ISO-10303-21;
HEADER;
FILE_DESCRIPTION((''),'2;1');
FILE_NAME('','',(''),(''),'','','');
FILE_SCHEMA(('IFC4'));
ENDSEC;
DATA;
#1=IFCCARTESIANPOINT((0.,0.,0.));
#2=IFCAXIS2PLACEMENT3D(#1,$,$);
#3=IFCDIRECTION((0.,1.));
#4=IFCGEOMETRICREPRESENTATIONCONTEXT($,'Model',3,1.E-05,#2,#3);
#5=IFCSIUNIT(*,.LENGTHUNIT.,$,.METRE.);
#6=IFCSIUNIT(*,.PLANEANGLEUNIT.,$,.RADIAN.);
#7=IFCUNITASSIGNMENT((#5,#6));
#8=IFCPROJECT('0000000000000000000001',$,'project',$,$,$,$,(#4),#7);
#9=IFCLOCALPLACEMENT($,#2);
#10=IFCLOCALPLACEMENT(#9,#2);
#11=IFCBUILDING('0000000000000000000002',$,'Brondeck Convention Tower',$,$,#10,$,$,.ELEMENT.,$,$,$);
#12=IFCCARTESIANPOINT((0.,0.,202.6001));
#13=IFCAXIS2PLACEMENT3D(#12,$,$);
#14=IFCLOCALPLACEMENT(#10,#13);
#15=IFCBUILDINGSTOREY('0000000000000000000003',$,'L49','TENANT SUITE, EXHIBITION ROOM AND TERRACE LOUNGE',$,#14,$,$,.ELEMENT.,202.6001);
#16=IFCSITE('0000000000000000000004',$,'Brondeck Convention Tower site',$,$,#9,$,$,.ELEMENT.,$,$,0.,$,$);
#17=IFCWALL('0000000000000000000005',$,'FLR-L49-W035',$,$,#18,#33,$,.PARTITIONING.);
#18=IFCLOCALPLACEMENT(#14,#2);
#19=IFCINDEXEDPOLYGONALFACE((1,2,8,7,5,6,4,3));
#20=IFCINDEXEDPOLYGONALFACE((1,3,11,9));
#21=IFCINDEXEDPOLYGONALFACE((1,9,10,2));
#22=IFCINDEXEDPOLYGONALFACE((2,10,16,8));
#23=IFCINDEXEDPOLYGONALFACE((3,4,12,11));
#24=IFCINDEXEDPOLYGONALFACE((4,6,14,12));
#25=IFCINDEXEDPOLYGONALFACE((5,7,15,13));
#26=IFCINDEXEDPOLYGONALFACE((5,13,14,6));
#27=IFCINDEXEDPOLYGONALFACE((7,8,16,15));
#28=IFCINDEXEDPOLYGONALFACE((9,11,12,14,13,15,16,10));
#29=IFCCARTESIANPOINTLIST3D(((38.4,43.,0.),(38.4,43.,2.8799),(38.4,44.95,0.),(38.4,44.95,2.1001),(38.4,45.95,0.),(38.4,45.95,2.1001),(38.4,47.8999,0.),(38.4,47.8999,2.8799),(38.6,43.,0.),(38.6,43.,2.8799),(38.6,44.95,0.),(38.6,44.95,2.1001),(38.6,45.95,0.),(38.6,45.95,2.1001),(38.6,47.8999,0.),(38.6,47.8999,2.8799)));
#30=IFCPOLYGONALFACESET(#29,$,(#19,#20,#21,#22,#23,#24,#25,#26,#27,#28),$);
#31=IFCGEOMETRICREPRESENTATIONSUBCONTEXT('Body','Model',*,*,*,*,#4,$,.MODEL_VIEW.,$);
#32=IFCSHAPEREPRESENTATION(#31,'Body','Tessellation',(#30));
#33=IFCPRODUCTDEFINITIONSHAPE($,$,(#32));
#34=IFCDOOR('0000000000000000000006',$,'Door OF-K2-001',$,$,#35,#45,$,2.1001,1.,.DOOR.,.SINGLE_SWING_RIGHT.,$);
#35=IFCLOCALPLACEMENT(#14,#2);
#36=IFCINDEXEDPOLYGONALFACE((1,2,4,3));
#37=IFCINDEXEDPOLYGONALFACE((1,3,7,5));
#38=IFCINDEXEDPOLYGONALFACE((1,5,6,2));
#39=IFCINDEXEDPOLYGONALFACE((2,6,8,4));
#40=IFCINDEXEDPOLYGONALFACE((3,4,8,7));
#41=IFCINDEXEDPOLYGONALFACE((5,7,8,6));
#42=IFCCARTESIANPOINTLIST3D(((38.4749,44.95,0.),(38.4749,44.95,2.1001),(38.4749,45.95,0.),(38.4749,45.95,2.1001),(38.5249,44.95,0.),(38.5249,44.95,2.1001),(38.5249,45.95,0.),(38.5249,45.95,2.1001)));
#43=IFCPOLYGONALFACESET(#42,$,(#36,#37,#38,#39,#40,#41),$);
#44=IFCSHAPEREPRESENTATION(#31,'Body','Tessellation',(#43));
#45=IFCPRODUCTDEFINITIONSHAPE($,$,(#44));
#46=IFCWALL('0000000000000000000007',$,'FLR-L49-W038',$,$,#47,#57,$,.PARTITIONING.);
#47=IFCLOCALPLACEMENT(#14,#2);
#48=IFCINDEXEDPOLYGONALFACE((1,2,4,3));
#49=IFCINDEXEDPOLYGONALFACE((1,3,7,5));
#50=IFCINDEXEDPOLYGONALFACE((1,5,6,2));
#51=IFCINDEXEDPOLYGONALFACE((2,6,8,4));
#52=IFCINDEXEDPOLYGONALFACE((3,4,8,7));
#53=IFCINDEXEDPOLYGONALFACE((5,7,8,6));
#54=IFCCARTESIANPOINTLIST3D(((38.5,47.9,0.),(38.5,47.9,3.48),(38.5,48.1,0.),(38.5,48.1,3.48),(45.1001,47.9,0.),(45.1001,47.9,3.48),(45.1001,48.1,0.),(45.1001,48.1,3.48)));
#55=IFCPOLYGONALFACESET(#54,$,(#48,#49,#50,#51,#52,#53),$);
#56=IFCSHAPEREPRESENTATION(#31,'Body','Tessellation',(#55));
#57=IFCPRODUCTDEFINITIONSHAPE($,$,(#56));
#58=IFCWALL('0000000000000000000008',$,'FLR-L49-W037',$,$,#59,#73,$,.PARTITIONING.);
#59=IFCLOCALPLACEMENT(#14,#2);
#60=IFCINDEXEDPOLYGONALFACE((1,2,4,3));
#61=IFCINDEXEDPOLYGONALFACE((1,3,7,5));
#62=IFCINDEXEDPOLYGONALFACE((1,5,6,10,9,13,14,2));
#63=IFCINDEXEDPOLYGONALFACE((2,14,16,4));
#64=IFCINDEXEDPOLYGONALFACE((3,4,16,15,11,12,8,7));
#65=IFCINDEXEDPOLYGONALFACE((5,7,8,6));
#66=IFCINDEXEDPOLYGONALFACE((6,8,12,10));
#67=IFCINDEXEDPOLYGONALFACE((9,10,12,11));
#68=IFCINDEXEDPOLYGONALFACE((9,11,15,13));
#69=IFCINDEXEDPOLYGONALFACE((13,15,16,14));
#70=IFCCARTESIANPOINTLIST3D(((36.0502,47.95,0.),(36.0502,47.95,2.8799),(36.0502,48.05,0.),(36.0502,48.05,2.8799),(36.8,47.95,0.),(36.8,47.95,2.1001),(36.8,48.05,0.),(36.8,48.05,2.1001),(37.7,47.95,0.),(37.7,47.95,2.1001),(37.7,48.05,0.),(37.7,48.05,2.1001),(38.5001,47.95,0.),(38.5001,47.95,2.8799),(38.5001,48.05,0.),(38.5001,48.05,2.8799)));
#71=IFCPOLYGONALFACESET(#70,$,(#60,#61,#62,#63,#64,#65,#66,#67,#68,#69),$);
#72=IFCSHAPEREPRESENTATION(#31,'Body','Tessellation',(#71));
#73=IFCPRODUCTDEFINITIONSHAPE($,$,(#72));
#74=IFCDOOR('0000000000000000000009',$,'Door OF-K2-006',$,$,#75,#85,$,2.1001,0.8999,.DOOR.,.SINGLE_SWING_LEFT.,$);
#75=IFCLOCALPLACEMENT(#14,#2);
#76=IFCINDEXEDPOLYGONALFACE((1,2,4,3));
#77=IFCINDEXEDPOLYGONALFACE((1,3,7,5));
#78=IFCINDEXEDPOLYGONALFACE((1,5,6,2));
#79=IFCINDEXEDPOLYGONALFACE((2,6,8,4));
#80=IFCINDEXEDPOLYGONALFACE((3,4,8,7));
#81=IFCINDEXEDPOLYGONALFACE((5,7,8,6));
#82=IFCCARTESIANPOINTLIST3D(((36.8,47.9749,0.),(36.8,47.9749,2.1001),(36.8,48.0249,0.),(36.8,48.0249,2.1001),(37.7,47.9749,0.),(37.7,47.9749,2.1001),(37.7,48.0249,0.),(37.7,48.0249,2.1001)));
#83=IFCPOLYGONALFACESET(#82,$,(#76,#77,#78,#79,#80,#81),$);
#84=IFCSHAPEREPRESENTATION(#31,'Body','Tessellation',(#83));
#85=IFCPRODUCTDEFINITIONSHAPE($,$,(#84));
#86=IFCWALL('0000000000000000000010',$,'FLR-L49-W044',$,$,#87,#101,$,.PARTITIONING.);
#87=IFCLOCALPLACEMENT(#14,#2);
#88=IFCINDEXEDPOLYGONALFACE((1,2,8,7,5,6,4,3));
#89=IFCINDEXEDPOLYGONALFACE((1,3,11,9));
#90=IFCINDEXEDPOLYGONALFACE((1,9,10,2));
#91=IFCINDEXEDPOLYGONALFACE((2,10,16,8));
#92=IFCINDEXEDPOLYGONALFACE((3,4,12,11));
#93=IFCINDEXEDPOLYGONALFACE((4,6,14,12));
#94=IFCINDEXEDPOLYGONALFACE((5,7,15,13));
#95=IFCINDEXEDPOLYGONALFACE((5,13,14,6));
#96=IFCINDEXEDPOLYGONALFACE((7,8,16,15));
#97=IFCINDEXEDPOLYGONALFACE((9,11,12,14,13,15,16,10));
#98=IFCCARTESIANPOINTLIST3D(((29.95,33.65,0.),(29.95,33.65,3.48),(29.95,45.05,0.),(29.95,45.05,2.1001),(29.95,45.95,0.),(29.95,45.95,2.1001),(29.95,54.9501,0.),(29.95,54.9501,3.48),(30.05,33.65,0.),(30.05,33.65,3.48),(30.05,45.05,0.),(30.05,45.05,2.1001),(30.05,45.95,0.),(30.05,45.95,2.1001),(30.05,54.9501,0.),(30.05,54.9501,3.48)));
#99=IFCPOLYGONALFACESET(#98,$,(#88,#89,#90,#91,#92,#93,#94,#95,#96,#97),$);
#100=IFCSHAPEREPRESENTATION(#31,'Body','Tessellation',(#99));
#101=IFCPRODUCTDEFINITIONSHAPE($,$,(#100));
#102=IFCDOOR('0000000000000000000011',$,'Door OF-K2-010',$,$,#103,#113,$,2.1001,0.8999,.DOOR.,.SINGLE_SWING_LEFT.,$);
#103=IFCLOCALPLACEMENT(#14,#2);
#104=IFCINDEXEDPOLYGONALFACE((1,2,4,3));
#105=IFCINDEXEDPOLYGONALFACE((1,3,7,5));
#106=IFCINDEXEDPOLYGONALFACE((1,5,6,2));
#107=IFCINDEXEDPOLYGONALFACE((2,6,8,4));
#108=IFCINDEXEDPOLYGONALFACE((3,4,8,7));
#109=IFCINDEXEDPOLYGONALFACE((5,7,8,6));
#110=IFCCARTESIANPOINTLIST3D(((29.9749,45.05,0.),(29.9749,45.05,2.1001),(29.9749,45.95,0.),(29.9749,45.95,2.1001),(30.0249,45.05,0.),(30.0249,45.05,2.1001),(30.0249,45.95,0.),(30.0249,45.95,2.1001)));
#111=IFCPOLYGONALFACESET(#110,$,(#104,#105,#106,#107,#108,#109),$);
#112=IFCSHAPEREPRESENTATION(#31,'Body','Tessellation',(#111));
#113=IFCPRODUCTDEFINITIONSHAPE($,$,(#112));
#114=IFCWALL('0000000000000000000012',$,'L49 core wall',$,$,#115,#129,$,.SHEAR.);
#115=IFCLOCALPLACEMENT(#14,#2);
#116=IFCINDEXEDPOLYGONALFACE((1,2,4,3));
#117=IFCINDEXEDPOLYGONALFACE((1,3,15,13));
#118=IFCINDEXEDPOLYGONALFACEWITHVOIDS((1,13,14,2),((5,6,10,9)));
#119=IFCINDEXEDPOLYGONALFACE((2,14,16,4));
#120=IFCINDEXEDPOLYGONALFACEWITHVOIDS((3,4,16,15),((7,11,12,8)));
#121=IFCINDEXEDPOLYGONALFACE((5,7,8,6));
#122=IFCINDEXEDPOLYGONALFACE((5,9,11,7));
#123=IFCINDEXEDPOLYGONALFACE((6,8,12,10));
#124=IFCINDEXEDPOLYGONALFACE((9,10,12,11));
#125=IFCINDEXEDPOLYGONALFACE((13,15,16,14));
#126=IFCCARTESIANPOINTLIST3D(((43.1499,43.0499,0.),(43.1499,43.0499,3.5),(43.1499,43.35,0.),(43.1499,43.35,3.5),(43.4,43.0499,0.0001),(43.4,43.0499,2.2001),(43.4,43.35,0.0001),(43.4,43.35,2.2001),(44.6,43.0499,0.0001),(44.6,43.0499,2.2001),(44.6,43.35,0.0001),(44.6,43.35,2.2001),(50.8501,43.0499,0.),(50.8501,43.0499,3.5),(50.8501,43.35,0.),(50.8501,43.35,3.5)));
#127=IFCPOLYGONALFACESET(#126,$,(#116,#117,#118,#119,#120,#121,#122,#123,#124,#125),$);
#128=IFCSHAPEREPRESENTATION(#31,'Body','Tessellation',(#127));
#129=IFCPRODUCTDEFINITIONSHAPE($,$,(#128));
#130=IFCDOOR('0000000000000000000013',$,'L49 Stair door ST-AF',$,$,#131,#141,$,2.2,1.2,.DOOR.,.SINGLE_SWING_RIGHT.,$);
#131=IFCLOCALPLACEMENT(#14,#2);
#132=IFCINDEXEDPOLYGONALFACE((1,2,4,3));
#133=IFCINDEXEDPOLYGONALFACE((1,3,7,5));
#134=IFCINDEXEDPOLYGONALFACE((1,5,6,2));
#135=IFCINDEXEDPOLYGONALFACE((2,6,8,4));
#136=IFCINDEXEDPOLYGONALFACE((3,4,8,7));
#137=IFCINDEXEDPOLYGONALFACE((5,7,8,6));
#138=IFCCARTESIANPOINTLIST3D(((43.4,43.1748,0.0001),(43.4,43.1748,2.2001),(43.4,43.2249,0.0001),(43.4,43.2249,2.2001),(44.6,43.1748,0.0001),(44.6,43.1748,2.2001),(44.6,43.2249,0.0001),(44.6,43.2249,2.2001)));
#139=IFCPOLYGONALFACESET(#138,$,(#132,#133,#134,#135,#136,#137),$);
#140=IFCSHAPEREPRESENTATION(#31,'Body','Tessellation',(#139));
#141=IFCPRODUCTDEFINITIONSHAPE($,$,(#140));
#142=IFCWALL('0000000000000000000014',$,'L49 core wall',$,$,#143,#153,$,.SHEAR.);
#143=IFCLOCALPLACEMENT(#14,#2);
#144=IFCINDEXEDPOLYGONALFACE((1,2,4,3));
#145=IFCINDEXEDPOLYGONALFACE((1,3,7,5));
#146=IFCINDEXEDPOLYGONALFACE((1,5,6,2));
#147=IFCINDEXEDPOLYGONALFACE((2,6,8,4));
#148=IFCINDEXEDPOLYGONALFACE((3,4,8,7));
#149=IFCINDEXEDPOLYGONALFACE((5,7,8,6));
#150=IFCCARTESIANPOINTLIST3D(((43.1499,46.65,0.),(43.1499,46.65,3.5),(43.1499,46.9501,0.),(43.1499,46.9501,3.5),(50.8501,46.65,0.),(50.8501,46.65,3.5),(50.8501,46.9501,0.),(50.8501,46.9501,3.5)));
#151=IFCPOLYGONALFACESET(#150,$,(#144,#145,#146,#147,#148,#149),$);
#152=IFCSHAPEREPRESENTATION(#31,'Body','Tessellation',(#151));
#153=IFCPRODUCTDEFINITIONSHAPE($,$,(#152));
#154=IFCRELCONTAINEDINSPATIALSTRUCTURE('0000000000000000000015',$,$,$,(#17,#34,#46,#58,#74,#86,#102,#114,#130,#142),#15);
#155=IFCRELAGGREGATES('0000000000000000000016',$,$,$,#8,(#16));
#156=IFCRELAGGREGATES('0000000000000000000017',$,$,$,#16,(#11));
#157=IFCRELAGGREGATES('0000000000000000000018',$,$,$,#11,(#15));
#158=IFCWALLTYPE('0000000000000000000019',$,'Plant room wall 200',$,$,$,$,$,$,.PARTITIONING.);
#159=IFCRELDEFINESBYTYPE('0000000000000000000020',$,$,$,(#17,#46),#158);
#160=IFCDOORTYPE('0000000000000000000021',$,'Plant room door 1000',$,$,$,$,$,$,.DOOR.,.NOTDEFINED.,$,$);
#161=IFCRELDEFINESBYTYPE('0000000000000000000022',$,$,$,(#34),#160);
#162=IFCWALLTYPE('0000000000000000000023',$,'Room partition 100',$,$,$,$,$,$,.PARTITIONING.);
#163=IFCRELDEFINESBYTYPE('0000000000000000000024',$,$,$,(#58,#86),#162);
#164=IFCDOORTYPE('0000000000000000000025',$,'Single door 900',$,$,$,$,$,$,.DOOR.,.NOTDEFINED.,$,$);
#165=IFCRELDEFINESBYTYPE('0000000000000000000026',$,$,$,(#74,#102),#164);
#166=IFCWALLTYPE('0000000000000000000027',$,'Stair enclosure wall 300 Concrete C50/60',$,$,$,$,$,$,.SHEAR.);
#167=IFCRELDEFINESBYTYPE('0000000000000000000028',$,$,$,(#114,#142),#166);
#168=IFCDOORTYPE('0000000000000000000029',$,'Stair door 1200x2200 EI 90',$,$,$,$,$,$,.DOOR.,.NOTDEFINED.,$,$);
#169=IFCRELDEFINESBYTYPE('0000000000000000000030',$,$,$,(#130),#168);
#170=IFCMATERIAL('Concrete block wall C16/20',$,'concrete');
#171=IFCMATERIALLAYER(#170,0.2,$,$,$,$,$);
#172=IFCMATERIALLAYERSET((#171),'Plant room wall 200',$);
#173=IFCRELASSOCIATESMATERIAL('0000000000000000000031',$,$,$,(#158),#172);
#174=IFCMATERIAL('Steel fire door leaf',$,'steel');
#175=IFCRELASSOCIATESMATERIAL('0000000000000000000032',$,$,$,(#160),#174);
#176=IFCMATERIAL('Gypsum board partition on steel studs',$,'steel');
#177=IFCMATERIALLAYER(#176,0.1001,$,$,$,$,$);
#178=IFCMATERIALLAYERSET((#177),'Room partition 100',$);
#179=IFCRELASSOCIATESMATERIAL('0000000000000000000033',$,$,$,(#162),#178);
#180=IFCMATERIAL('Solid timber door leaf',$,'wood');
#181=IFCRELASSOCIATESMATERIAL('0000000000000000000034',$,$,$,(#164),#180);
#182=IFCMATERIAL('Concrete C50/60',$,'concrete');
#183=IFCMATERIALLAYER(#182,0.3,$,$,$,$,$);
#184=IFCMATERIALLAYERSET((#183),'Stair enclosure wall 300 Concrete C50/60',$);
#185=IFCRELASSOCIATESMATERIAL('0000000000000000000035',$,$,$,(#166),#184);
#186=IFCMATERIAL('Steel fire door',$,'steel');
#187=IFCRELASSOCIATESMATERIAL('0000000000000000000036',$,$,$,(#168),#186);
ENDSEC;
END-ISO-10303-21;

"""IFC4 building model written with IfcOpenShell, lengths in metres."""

from ifc_helpers import new_model, si_unit, direction, frame, frame_2d, origin, place, context, subcontext, project, spatial, rectangle, extrude, material, layer, layer_set, type_object, element, fill, save


model = new_model("IFC4")

# Units and contexts
model_context = context("Model", 3, precision=1e-05, world=origin(), true_north=direction((0.0, 1.0)))
body_context = subcontext(model_context, "Body", "Model", "MODEL_VIEW")
ifc_project = project(units=[si_unit("LENGTHUNIT", "METRE"), si_unit("PLANEANGLEUNIT", "RADIAN")], contexts=[model_context])

# Site, building, storey
site_placement = place(None, origin())
site = spatial("IfcSite", under=ifc_project, at=site_placement, Name="Brondeck Convention Tower site", CompositionType="ELEMENT", RefElevation=0.0)
building_placement = place(site_placement, origin())
building = spatial("IfcBuilding", under=site, at=building_placement, Name="Brondeck Convention Tower", CompositionType="ELEMENT")
storey_placement = place(building_placement, frame((0.0, 0.0, 202.6001)))
storey = spatial("IfcBuildingStorey", under=building, at=storey_placement, Name="L49", Description="TENANT SUITE, EXHIBITION ROOM AND TERRACE LOUNGE", CompositionType="ELEMENT", Elevation=202.6001)

# Shared definitions
ifc_material_1 = material(Name="Concrete C50/60", Category="concrete")

# Wall, opening, door
ifc_material_2 = material(Name="Concrete block wall C16/20", Category="concrete")
ifc_layer_1 = layer(ifc_material_2, 0.2)
ifc_layer_set_1 = layer_set([ifc_layer_1], Name="Plant room wall 200")
wall_type_1 = type_object("IfcWallType", Name="Plant room wall 200", PredefinedType="PARTITIONING", material=ifc_layer_set_1)
wall_1_placement = place(storey_placement, frame((38.5, 47.8999, 0.0), z_axis=(0.0, 0.0, 1.0), x_axis=(0.0, -1.0, 0.0)))
wall_1 = element("IfcWall", 1, at=wall_1_placement, inside=storey, type_object=wall_type_1, Name="FLR-L49-W035", PredefinedType="PARTITIONING", context=body_context, shape_type="SweptSolid", body=[
    extrude(rectangle(XDim=4.8999, YDim=0.2, at=frame_2d((2.45, 0.0))), origin(), (0.0, 0.0, 1.0), 2.8799),
])
opening_1_placement = place(wall_1_placement, frame((1.95, 0.0, 0.0)))
opening_1 = element("IfcOpeningElement", 2, at=opening_1_placement, cuts=wall_1, PredefinedType="OPENING", context=body_context, shape_type="SweptSolid", body=[
    extrude(rectangle(XDim=1.0, YDim=2.1001, at=frame_2d((0.5, 1.05))), frame((0.0, 0.1099, 0.0), z_axis=(0.0, -1.0, 0.0), x_axis=(1.0, 0.0, 0.0)), (0.0, 0.0, 1.0), 0.22),
])
ifc_material_3 = material(Name="Steel fire door leaf", Category="steel")
door_type_1 = type_object("IfcDoorType", Name="Plant room door 1000", OperationType="NOTDEFINED", PredefinedType="DOOR", material=ifc_material_3)
door_1_placement = place(opening_1_placement, origin())
door_1 = element("IfcDoor", 3, at=door_1_placement, inside=storey, type_object=door_type_1, Name="Door OF-K2-001", OperationType="SINGLE_SWING_RIGHT", OverallHeight=2.1001, OverallWidth=1.0, PredefinedType="DOOR", context=body_context, shape_type="SweptSolid", body=[
    extrude(rectangle(XDim=1.0, YDim=2.1001, at=frame_2d((0.5, 1.05))), frame((0.0, 0.0249, 0.0), z_axis=(0.0, -1.0, 0.0), x_axis=(1.0, 0.0, 0.0)), (0.0, 0.0, 1.0), 0.05),
])
fill(opening_1, door_1)

# Wall
wall_2_placement = place(storey_placement, frame((38.5, 48.0, 0.0), z_axis=(0.0, 0.0, 1.0), x_axis=(1.0, 0.0, 0.0)))
element("IfcWall", 4, at=wall_2_placement, inside=storey, type_object=wall_type_1, Name="FLR-L49-W038", PredefinedType="PARTITIONING", context=body_context, shape_type="SweptSolid", body=[
    extrude(rectangle(XDim=6.6001, YDim=0.2, at=frame_2d((3.3, 0.0))), origin(), (0.0, 0.0, 1.0), 3.48),
])

# Walls, openings, doors
ifc_material_4 = material(Name="Gypsum board partition on steel studs", Category="steel")
ifc_layer_2 = layer(ifc_material_4, 0.1001)
ifc_layer_set_2 = layer_set([ifc_layer_2], Name="Room partition 100")
wall_type_2 = type_object("IfcWallType", Name="Room partition 100", PredefinedType="PARTITIONING", material=ifc_layer_set_2)
wall_3_placement = place(storey_placement, frame((36.05, 48.0, 0.0), z_axis=(0.0, 0.0, 1.0), x_axis=(1.0, 0.0, 0.0)))
wall_3 = element("IfcWall", 5, at=wall_3_placement, inside=storey, type_object=wall_type_2, Name="FLR-L49-W037", PredefinedType="PARTITIONING", context=body_context, shape_type="SweptSolid", body=[
    extrude(rectangle(XDim=2.45, YDim=0.1001, at=frame_2d((1.2251, 0.0))), origin(), (0.0, 0.0, 1.0), 2.8799),
])
opening_2_placement = place(wall_3_placement, frame((0.75, 0.0, 0.0)))
opening_2 = element("IfcOpeningElement", 6, at=opening_2_placement, cuts=wall_3, PredefinedType="OPENING", context=body_context, shape_type="SweptSolid", body=[
    extrude(rectangle(XDim=0.8999, YDim=2.1001, at=frame_2d((0.45, 1.05))), frame((0.0, 0.0601, 0.0), z_axis=(0.0, -1.0, 0.0), x_axis=(1.0, 0.0, 0.0)), (0.0, 0.0, 1.0), 0.1201),
])
ifc_material_5 = material(Name="Solid timber door leaf", Category="wood")
door_type_2 = type_object("IfcDoorType", Name="Single door 900", OperationType="NOTDEFINED", PredefinedType="DOOR", material=ifc_material_5)
door_2_placement = place(opening_2_placement, origin())
door_2 = element("IfcDoor", 7, at=door_2_placement, inside=storey, type_object=door_type_2, Name="Door OF-K2-006", OperationType="SINGLE_SWING_LEFT", OverallHeight=2.1001, OverallWidth=0.8999, PredefinedType="DOOR", context=body_context, shape_type="SweptSolid", body=[
    extrude(rectangle(XDim=0.8999, YDim=2.1001, at=frame_2d((0.45, 1.05))), frame((0.0, 0.0249, 0.0), z_axis=(0.0, -1.0, 0.0), x_axis=(1.0, 0.0, 0.0)), (0.0, 0.0, 1.0), 0.05),
])
fill(opening_2, door_2)
wall_4_placement = place(storey_placement, frame((30.0, 54.95, 0.0), z_axis=(0.0, 0.0, 1.0), x_axis=(0.0, -1.0, 0.0)))
wall_4 = element("IfcWall", 8, at=wall_4_placement, inside=storey, type_object=wall_type_2, Name="FLR-L49-W044", PredefinedType="PARTITIONING", context=body_context, shape_type="SweptSolid", body=[
    extrude(rectangle(XDim=21.3, YDim=0.1001, at=frame_2d((10.6499, 0.0))), origin(), (0.0, 0.0, 1.0), 3.48),
])
opening_3_placement = place(wall_4_placement, frame((9.0, 0.0, 0.0)))
opening_3 = element("IfcOpeningElement", 9, at=opening_3_placement, cuts=wall_4, PredefinedType="OPENING", context=body_context, shape_type="SweptSolid", body=[
    extrude(rectangle(XDim=0.8999, YDim=2.1001, at=frame_2d((0.45, 1.05))), frame((0.0, 0.0601, 0.0), z_axis=(0.0, -1.0, 0.0), x_axis=(1.0, 0.0, 0.0)), (0.0, 0.0, 1.0), 0.1201),
])
door_3_placement = place(opening_3_placement, origin())
door_3 = element("IfcDoor", 10, at=door_3_placement, inside=storey, type_object=door_type_2, Name="Door OF-K2-010", OperationType="SINGLE_SWING_LEFT", OverallHeight=2.1001, OverallWidth=0.8999, PredefinedType="DOOR", context=body_context, shape_type="SweptSolid", body=[
    extrude(rectangle(XDim=0.8999, YDim=2.1001, at=frame_2d((0.45, 1.05))), frame((0.0, 0.0249, 0.0), z_axis=(0.0, -1.0, 0.0), x_axis=(1.0, 0.0, 0.0)), (0.0, 0.0, 1.0), 0.05),
])
fill(opening_3, door_3)
ifc_layer_3 = layer(ifc_material_1, 0.3)
ifc_layer_set_3 = layer_set([ifc_layer_3], Name="Stair enclosure wall 300 Concrete C50/60")
wall_type_3 = type_object("IfcWallType", Name="Stair enclosure wall 300 Concrete C50/60", PredefinedType="SHEAR", material=ifc_layer_set_3)
wall_5_placement = place(storey_placement, frame((43.1499, 43.2, 0.0), z_axis=(0.0, 0.0, 1.0), x_axis=(1.0, 0.0, 0.0)))
wall_5 = element("IfcWall", 11, at=wall_5_placement, inside=storey, type_object=wall_type_3, Name="L49 core wall", PredefinedType="SHEAR", context=body_context, shape_type="SweptSolid", body=[
    extrude(rectangle(XDim=7.7002, YDim=0.3, at=frame_2d((3.8501, 0.0))), origin(), (0.0, 0.0, 1.0), 3.5),
])
opening_4_placement = place(wall_5_placement, frame((0.25, 0.0, 0.0)))
opening_4 = element("IfcOpeningElement", 12, at=opening_4_placement, cuts=wall_5, PredefinedType="OPENING", context=body_context, shape_type="SweptSolid", body=[
    extrude(rectangle(XDim=1.2, YDim=2.2, at=frame_2d((0.6001, 1.1001))), frame((0.0, 0.1599, 0.0), z_axis=(0.0, -1.0, 0.0), x_axis=(1.0, 0.0, 0.0)), (0.0, 0.0, 1.0), 0.3201),
])
ifc_material_6 = material(Name="Steel fire door", Category="steel")
door_type_3 = type_object("IfcDoorType", Name="Stair door 1200x2200 EI 90", OperationType="NOTDEFINED", PredefinedType="DOOR", material=ifc_material_6)
door_4_placement = place(opening_4_placement, origin())
door_4 = element("IfcDoor", 13, at=door_4_placement, inside=storey, type_object=door_type_3, Name="L49 Stair door ST-AF", OperationType="SINGLE_SWING_RIGHT", OverallHeight=2.2, OverallWidth=1.2, PredefinedType="DOOR", context=body_context, shape_type="SweptSolid", body=[
    extrude(rectangle(XDim=1.2, YDim=2.2, at=frame_2d((0.6001, 1.1001))), frame((0.0, 0.0249, 0.0), z_axis=(0.0, -1.0, 0.0), x_axis=(1.0, 0.0, 0.0)), (0.0, 0.0, 1.0), 0.05),
])
fill(opening_4, door_4)

# Wall
wall_6_placement = place(storey_placement, frame((43.1499, 46.8, 0.0), z_axis=(0.0, 0.0, 1.0), x_axis=(1.0, 0.0, 0.0)))
element("IfcWall", 14, at=wall_6_placement, inside=storey, type_object=wall_type_3, Name="L49 core wall", PredefinedType="SHEAR", context=body_context, shape_type="SweptSolid", body=[
    extrude(rectangle(XDim=7.7002, YDim=0.3, at=frame_2d((3.8501, 0.0))), origin(), (0.0, 0.0, 1.0), 3.5),
])

save(model, "model.ifc")
